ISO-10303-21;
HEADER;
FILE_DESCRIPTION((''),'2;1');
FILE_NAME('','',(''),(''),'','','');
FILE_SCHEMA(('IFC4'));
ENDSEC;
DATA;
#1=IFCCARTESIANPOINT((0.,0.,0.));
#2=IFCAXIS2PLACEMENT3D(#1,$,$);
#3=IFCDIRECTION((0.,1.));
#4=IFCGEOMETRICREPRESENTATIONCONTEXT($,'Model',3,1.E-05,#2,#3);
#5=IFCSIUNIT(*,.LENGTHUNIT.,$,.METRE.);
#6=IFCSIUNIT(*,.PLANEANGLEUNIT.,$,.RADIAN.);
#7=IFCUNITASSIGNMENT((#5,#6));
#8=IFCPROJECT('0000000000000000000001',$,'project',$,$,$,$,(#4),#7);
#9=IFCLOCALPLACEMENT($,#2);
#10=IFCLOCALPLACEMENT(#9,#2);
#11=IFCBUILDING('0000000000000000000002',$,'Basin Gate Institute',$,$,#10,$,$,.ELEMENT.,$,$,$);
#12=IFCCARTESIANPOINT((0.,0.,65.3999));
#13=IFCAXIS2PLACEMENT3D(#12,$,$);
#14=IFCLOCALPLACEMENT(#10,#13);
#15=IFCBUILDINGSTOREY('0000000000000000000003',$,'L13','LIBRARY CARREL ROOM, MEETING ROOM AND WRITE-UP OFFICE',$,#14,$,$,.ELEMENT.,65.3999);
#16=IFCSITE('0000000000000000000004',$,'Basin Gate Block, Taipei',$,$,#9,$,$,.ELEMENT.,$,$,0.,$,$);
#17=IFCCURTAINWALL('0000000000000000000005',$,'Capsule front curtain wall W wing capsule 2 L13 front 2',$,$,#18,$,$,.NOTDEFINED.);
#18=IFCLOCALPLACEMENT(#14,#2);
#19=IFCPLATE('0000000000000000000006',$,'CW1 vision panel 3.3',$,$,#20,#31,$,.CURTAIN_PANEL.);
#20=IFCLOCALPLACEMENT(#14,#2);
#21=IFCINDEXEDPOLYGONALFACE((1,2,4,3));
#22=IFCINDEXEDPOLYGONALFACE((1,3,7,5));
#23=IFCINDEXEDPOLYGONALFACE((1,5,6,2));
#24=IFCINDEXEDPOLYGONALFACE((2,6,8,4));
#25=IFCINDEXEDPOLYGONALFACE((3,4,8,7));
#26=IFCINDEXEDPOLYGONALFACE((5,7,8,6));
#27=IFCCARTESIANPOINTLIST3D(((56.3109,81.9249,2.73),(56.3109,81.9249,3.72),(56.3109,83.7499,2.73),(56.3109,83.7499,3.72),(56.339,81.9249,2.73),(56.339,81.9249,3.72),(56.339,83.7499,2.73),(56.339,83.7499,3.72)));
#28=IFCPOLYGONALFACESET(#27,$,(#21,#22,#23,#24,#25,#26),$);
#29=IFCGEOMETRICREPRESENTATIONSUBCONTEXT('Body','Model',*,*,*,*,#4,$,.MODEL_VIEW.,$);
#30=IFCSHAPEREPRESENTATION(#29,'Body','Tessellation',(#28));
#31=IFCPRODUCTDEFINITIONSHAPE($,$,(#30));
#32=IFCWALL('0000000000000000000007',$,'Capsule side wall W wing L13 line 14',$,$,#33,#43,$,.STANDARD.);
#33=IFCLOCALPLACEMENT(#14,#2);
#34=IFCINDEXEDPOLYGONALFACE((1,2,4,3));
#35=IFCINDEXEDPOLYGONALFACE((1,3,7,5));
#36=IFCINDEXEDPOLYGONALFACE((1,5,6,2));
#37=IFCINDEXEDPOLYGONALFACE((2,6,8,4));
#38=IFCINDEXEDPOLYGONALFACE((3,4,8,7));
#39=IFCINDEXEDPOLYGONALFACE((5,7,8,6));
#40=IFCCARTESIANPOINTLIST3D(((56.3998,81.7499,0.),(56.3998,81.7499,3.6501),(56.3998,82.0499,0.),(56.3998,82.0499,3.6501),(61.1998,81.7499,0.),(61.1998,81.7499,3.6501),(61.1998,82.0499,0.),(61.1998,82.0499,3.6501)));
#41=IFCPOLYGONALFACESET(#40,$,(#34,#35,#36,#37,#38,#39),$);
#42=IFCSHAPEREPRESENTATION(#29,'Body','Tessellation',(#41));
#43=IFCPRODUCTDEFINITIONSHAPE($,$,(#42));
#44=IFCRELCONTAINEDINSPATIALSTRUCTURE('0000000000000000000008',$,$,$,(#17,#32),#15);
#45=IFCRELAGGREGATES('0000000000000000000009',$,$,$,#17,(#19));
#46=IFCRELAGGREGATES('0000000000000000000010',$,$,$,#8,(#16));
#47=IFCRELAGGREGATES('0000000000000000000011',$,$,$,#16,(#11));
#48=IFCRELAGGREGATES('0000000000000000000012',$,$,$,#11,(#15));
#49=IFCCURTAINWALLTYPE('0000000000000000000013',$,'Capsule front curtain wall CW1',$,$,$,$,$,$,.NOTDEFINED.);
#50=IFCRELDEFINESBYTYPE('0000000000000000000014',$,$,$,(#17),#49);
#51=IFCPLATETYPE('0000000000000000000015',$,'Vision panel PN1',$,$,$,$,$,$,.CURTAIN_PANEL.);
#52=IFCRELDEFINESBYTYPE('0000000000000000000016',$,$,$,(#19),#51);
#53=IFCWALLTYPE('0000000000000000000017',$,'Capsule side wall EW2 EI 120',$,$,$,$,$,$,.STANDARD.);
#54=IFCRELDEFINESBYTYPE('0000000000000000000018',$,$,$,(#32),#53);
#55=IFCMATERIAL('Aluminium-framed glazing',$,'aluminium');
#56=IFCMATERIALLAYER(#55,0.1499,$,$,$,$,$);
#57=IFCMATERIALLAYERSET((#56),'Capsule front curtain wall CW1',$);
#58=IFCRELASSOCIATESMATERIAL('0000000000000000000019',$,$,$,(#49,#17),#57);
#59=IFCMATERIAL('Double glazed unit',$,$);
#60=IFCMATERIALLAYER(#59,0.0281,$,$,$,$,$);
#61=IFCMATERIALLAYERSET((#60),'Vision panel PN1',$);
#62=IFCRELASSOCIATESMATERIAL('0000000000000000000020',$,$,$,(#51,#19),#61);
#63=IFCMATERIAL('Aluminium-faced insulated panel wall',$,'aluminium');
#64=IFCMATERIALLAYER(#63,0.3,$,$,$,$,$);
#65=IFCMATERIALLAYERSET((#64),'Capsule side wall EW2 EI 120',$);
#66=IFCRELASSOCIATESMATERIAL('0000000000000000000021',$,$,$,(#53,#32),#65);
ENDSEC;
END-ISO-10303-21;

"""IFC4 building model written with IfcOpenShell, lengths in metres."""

from ifc_helpers import new_model, si_unit, direction, frame, frame_2d, origin, origin_2d, place, context, subcontext, project, spatial, rectangle, extrude, material, layer, layer_set, type_object, element, aggregate, save


model = new_model("IFC4")

# Units and contexts
model_context = context("Model", 3, precision=1e-05, world=origin(), true_north=direction((0.0, 1.0)))
body_context = subcontext(model_context, "Body", "Model", "MODEL_VIEW")
ifc_project = project(units=[si_unit("LENGTHUNIT", "METRE"), si_unit("PLANEANGLEUNIT", "RADIAN")], contexts=[model_context])

# Site, building, storey
site_placement = place(None, origin())
site = spatial("IfcSite", under=ifc_project, at=site_placement, Name="Basin Gate Block, Taipei", CompositionType="ELEMENT", RefElevation=0.0)
building_placement = place(site_placement, origin())
building = spatial("IfcBuilding", under=site, at=building_placement, Name="Basin Gate Institute", CompositionType="ELEMENT")
storey_placement = place(building_placement, frame((0.0, 0.0, 65.3999)))
storey = spatial("IfcBuildingStorey", under=building, at=storey_placement, Name="L13", Description="LIBRARY CARREL ROOM, MEETING ROOM AND WRITE-UP OFFICE", CompositionType="ELEMENT", Elevation=65.3999)

# Curtain wall
ifc_material_1 = material(Name="Aluminium-framed glazing", Category="aluminium")
ifc_layer_1 = layer(ifc_material_1, 0.1499)
ifc_layer_set_1 = layer_set([ifc_layer_1], Name="Capsule front curtain wall CW1")
curtain_wall_type = type_object("IfcCurtainWallType", Name="Capsule front curtain wall CW1", PredefinedType="NOTDEFINED", material=ifc_layer_set_1)
curtain_wall_placement = place(storey_placement, origin())
curtain_wall = element("IfcCurtainWall", 1, at=curtain_wall_placement, inside=storey, type_object=curtain_wall_type, material=ifc_layer_set_1, Name="Capsule front curtain wall W wing capsule 2 L13 front 2", PredefinedType="NOTDEFINED")

# Plate
ifc_material_2 = material(Name="Double glazed unit")
ifc_layer_2 = layer(ifc_material_2, 0.0281)
ifc_layer_set_2 = layer_set([ifc_layer_2], Name="Vision panel PN1")
plate_type_1 = type_object("IfcPlateType", Name="Vision panel PN1", PredefinedType="CURTAIN_PANEL", material=ifc_layer_set_2)
plate_1_placement = place(storey_placement, frame((56.325, 82.8374, 2.73), z_axis=(0.0, 0.0, 1.0), x_axis=(0.0, 1.0, 0.0)))
plate_1 = element("IfcPlate", 2, at=plate_1_placement, type_object=plate_type_1, material=ifc_layer_set_2, Name="CW1 vision panel 3.3", PredefinedType="CURTAIN_PANEL", context=body_context, shape_type="SweptSolid", body=[
    extrude(rectangle(XDim=1.825, YDim=0.0281, at=origin_2d()), origin(), (0.0, 0.0, 1.0), 0.99),
])
aggregate(curtain_wall, [plate_1])

# Wall
ifc_material_3 = material(Name="Aluminium-faced insulated panel wall", Category="aluminium")
ifc_layer_3 = layer(ifc_material_3, 0.3)
ifc_layer_set_3 = layer_set([ifc_layer_3], Name="Capsule side wall EW2 EI 120")
wall_type = type_object("IfcWallType", Name="Capsule side wall EW2 EI 120", PredefinedType="STANDARD", material=ifc_layer_set_3)
wall_placement = place(storey_placement, frame((56.3999, 81.8999, 0.0), z_axis=(0.0, 0.0, 1.0), x_axis=(1.0, 0.0, 0.0)))
element("IfcWall", 3, at=wall_placement, inside=storey, type_object=wall_type, material=ifc_layer_set_3, Name="Capsule side wall W wing L13 line 14", PredefinedType="STANDARD", context=body_context, shape_type="SweptSolid", body=[
    extrude(rectangle(XDim=4.8, YDim=0.3, at=frame_2d((2.3999, 0.0))), origin(), (0.0, 0.0, 1.0), 3.6501),
])

save(model, "model.ifc")
